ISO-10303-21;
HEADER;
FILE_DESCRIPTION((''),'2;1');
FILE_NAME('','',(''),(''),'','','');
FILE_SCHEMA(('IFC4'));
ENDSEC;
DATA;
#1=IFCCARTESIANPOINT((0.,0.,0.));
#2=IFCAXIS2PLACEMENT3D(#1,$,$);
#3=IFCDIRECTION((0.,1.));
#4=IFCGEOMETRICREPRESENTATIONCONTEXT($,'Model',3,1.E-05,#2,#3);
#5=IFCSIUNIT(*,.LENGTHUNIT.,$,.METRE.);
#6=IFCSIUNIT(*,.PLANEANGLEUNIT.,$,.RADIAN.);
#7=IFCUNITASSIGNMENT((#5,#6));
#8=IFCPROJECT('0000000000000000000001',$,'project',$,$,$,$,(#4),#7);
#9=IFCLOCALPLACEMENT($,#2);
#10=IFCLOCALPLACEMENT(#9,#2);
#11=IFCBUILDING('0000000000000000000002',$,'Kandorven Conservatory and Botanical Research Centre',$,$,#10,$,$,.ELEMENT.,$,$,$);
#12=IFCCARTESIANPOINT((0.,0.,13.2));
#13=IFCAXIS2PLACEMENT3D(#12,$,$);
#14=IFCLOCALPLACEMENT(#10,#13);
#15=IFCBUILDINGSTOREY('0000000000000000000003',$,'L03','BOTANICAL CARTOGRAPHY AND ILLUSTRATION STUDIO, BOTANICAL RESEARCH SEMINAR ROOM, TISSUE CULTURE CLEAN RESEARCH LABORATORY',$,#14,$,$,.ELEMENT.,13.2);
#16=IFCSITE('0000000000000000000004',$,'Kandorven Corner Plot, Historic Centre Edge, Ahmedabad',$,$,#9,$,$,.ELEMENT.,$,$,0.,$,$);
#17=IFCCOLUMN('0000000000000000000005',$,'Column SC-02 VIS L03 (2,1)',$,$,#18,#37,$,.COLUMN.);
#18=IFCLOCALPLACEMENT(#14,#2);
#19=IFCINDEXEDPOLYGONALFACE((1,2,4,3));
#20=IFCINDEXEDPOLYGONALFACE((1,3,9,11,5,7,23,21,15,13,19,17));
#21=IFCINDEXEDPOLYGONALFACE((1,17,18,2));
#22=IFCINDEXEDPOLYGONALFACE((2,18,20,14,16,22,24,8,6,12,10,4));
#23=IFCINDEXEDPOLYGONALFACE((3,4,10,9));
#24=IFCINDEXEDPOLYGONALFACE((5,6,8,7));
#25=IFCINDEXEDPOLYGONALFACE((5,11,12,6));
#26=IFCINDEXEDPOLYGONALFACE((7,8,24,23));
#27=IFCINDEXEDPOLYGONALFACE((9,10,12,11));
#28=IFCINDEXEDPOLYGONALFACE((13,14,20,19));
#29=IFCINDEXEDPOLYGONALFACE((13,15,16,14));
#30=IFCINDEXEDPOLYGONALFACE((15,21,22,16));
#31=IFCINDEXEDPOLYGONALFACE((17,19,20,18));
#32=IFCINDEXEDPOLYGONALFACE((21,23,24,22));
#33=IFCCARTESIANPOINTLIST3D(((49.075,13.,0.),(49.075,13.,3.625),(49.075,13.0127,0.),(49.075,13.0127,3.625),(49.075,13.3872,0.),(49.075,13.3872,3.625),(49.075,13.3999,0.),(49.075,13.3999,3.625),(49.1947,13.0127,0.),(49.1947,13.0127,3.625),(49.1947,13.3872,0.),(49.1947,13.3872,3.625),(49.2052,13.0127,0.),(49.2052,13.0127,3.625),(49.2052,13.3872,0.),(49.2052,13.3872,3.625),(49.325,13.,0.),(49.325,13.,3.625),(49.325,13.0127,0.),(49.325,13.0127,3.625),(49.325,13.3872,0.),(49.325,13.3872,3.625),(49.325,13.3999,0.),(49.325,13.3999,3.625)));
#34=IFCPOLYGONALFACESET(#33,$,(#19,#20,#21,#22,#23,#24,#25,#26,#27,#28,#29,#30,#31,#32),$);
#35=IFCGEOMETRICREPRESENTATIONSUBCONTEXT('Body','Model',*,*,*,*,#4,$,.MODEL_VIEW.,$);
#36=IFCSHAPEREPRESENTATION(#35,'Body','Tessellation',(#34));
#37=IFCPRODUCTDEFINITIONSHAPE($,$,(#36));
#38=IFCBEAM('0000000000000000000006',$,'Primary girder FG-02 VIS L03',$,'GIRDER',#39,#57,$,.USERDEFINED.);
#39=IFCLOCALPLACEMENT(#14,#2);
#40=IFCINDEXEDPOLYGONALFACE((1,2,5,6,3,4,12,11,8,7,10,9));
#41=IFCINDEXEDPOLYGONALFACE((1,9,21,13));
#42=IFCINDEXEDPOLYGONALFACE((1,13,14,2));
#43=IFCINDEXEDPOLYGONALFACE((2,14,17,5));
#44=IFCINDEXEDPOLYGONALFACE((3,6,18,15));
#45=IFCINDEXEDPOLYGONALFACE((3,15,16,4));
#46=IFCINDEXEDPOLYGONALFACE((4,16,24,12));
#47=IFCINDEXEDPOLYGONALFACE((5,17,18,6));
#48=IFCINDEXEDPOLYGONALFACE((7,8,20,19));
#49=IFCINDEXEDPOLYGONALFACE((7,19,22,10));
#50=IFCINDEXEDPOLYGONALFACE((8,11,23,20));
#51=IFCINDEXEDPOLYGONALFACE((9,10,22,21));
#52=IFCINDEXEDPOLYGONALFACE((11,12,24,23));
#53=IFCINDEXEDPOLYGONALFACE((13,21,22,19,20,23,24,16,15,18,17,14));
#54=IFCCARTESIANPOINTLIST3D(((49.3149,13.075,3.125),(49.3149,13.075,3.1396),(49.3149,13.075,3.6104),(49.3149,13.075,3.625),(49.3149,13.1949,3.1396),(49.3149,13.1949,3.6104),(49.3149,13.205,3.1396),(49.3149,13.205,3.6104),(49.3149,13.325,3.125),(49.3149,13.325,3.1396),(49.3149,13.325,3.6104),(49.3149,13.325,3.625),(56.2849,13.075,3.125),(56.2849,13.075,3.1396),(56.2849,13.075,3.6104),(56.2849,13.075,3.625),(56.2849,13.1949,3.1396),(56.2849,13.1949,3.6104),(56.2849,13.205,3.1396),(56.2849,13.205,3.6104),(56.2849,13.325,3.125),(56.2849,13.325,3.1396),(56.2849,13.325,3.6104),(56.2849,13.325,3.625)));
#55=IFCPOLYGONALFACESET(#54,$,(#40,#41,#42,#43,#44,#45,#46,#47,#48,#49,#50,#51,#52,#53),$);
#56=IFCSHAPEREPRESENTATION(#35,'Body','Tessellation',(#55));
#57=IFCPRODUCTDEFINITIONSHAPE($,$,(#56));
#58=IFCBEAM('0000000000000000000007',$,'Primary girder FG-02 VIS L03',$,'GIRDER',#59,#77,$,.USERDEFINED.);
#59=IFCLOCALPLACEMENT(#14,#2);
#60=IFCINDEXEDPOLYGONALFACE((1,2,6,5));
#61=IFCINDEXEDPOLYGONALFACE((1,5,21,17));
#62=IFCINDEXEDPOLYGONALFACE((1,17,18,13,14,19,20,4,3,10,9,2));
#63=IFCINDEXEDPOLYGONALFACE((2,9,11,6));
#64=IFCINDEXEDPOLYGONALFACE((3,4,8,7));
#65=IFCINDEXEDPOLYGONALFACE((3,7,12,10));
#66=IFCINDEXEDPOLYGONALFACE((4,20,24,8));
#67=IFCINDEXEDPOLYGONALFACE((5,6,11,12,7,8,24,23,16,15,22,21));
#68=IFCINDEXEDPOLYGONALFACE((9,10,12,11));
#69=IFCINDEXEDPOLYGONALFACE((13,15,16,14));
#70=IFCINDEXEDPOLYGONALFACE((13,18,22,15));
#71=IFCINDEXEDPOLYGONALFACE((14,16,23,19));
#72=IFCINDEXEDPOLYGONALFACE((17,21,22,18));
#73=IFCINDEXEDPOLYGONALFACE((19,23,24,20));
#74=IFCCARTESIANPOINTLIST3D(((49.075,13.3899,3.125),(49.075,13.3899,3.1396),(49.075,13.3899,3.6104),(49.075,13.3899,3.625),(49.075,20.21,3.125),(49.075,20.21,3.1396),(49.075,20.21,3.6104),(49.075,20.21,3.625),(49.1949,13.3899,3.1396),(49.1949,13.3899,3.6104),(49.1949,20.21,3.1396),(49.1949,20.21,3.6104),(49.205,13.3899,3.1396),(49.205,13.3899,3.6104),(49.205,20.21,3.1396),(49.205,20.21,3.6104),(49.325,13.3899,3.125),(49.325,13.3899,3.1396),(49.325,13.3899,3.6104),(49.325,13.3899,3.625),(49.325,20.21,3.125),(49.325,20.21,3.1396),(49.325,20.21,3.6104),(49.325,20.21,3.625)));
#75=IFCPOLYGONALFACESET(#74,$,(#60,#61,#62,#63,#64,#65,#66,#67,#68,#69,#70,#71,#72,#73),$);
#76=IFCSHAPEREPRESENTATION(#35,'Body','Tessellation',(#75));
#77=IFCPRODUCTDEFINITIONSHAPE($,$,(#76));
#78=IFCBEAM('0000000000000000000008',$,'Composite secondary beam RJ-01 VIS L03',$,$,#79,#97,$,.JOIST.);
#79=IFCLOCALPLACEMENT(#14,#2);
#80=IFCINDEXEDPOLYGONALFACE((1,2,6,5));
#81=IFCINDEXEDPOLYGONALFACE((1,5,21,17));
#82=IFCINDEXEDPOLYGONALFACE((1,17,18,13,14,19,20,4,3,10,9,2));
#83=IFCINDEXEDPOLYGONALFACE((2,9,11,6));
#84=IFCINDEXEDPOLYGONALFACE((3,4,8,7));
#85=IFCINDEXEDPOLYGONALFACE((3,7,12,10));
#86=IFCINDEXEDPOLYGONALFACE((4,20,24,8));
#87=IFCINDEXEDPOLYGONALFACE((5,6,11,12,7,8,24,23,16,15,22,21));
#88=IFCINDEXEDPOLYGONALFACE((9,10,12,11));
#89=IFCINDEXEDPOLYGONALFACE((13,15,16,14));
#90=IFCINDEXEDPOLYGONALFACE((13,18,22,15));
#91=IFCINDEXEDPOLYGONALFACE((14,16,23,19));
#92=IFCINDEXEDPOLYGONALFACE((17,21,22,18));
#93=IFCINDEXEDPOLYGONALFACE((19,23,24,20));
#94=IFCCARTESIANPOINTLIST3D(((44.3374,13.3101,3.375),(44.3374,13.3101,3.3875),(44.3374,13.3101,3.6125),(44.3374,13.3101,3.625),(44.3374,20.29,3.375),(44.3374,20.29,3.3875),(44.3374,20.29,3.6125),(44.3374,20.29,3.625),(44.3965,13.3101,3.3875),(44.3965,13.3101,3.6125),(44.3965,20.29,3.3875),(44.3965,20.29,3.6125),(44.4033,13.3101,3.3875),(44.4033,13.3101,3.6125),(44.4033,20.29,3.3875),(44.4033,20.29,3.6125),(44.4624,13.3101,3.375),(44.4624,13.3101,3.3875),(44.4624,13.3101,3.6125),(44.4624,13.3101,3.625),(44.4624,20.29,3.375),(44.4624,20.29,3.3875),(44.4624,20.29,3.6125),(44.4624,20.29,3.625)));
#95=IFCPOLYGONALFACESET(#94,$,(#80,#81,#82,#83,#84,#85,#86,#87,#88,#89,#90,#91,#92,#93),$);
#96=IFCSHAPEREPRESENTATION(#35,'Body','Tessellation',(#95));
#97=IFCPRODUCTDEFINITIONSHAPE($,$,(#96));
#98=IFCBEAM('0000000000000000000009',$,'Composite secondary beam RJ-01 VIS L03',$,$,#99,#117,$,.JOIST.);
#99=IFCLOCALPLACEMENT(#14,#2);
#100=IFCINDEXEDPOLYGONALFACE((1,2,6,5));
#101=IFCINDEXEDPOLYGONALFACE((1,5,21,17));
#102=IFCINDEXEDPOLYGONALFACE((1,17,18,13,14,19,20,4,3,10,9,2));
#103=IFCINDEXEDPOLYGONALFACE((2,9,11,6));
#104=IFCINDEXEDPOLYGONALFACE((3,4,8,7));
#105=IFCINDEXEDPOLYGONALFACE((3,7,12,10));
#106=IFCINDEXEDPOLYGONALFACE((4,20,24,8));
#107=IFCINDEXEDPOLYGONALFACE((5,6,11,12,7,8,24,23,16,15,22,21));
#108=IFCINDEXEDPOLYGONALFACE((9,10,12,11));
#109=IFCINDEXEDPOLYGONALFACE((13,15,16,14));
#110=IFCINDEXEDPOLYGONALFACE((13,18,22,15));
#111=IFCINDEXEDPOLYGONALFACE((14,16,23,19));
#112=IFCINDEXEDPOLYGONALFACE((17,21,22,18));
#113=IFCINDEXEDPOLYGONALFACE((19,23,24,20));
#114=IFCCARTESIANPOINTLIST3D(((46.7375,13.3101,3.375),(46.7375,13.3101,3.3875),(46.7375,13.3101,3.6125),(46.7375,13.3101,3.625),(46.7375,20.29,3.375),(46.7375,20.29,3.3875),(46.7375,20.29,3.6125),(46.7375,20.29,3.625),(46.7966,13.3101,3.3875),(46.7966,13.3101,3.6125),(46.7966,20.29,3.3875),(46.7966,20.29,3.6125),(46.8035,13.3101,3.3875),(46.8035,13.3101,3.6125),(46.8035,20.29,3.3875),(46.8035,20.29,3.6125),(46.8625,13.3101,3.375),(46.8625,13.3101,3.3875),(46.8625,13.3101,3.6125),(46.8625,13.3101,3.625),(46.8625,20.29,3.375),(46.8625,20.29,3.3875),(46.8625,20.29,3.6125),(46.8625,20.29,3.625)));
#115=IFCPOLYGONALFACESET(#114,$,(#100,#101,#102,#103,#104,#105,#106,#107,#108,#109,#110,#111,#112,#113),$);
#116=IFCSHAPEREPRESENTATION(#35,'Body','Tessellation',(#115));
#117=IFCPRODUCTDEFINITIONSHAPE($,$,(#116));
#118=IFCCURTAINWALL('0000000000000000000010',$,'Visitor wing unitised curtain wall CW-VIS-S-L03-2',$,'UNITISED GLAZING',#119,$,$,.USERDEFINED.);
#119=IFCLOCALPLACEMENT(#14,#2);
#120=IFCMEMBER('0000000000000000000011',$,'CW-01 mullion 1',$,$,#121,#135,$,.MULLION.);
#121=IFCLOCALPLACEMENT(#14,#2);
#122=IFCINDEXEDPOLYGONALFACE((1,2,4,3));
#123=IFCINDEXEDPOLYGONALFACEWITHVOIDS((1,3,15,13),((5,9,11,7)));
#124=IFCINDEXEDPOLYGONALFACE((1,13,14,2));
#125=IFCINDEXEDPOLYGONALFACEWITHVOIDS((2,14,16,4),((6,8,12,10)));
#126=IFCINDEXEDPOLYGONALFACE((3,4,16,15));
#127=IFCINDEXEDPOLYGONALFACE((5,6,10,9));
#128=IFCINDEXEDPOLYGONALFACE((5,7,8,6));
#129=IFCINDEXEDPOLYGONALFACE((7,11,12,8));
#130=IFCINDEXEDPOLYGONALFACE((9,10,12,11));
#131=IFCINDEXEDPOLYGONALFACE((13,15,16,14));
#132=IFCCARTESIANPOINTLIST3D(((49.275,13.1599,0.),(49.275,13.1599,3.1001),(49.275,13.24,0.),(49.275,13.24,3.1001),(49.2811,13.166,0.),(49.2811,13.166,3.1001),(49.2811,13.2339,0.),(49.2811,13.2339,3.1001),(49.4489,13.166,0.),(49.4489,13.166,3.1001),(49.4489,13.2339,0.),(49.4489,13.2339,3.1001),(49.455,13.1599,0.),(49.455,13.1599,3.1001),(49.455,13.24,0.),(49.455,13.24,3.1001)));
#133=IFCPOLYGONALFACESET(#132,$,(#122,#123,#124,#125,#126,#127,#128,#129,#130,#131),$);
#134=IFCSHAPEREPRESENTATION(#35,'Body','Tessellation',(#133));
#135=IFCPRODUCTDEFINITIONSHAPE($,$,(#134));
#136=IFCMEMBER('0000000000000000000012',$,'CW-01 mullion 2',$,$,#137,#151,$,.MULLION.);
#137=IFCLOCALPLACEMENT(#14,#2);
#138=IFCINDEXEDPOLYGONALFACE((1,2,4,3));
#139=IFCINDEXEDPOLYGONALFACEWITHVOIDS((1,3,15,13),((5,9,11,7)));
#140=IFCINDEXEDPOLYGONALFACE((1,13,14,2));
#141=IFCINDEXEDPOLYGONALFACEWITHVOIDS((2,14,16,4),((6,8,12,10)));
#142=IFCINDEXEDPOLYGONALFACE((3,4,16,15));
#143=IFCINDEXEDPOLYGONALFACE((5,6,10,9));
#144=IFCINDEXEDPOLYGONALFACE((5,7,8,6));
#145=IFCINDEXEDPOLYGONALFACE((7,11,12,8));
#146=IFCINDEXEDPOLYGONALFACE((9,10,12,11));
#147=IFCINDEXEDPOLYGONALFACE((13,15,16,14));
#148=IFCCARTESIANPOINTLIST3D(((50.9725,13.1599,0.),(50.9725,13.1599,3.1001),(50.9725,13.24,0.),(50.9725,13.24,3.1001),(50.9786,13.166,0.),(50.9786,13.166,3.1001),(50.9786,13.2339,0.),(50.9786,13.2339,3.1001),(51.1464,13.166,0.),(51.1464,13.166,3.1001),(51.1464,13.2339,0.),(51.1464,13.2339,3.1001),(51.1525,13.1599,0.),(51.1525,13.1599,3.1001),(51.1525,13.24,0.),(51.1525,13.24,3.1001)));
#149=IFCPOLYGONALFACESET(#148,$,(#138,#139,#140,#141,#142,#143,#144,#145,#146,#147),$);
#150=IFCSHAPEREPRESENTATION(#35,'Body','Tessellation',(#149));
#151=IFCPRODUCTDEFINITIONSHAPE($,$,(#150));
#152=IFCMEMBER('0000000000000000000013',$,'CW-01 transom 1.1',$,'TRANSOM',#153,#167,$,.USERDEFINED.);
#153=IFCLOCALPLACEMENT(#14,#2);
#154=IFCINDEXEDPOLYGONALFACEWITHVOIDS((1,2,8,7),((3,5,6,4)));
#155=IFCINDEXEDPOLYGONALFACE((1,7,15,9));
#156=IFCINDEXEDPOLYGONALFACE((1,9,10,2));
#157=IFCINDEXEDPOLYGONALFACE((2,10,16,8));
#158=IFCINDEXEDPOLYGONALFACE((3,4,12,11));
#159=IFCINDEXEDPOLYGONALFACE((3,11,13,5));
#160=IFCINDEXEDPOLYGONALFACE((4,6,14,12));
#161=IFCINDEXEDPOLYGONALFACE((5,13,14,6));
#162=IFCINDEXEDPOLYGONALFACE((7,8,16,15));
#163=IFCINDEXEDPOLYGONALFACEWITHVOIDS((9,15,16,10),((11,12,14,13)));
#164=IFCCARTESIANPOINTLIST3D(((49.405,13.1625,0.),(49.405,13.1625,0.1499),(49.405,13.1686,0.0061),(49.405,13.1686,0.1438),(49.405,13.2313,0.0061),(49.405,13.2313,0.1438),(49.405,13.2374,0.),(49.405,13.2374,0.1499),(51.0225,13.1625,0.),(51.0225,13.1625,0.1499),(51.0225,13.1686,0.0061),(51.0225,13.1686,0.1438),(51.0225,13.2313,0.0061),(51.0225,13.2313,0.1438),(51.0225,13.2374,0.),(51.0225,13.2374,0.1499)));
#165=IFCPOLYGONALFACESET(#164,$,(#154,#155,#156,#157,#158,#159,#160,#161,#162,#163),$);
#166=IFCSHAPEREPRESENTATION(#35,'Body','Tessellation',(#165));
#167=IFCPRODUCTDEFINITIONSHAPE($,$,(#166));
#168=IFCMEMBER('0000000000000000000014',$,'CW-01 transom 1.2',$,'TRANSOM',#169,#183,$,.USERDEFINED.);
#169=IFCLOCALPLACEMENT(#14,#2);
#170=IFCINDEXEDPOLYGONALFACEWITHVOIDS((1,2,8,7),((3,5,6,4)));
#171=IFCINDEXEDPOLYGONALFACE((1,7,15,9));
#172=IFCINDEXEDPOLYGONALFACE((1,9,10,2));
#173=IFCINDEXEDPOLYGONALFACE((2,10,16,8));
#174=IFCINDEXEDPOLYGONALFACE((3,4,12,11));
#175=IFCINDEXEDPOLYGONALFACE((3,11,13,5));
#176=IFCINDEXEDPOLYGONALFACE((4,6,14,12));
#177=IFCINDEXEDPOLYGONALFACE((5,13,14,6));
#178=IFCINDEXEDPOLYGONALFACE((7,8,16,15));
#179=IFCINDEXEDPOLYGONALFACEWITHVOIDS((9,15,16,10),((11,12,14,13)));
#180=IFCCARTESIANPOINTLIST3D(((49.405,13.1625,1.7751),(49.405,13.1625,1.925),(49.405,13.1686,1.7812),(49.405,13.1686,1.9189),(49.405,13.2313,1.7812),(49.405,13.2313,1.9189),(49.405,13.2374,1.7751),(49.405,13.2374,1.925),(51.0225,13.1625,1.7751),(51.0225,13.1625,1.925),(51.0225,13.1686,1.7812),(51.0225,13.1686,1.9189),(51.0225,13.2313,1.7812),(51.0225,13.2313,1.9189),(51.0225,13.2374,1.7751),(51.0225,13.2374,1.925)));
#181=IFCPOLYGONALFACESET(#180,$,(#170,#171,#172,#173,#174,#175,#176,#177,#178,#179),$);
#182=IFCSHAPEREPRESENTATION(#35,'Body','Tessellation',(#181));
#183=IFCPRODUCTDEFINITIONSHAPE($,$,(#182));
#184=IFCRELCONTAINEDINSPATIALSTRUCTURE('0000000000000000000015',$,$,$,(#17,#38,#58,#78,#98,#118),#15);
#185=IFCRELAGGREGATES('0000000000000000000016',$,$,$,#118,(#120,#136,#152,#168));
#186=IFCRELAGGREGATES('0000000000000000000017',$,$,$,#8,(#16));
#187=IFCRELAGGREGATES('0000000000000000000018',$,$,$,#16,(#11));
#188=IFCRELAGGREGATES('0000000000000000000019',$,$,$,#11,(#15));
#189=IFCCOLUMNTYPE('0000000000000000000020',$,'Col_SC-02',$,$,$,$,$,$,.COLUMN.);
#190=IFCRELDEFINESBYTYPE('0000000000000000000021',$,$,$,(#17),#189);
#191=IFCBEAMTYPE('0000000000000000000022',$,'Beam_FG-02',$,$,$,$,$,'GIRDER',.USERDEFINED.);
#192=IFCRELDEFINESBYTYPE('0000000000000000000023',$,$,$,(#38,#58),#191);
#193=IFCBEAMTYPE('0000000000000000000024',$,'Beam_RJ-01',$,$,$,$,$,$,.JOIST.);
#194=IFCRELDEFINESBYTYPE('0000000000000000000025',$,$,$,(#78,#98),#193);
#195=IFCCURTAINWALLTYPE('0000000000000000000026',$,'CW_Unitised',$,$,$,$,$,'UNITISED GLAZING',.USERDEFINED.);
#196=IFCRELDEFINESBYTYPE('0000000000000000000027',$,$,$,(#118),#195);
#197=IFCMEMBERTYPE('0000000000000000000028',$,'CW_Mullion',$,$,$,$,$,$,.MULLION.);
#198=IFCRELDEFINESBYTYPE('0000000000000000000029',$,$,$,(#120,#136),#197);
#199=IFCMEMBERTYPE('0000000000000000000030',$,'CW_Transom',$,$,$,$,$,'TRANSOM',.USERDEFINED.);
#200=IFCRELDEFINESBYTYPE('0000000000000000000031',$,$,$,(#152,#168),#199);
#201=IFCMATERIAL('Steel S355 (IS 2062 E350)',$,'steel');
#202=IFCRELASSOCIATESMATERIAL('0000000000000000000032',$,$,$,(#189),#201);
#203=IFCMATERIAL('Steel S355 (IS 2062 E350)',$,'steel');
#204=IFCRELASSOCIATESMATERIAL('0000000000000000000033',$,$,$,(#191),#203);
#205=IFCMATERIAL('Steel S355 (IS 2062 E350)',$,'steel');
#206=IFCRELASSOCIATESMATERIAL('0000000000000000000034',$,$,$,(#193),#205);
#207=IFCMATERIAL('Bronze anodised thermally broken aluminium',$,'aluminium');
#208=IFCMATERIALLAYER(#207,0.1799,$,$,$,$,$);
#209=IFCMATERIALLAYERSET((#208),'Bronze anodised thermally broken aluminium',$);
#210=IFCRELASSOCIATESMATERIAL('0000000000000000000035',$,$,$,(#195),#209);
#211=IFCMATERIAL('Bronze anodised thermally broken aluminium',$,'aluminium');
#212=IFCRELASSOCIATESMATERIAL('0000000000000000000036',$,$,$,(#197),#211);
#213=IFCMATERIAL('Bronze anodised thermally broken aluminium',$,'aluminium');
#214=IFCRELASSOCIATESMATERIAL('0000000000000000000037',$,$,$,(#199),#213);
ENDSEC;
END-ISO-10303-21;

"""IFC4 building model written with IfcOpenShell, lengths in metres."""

from ifc_helpers import new_model, si_unit, direction, frame, origin, origin_2d, place, context, subcontext, project, spatial, hollow_rectangle, i_section, extrude, material, layer, layer_set, material_profile, profile_set, type_object, element, aggregate, save


model = new_model("IFC4")

# Units and contexts
model_context = context("Model", 3, precision=1e-05, world=origin(), true_north=direction((0.0, 1.0)))
body_context = subcontext(model_context, "Body", "Model", "MODEL_VIEW")
ifc_project = project(units=[si_unit("LENGTHUNIT", "METRE"), si_unit("PLANEANGLEUNIT", "RADIAN")], contexts=[model_context])

# Site, building, storey
site_placement = place(None, origin())
site = spatial("IfcSite", under=ifc_project, at=site_placement, Name="Kandorven Corner Plot, Historic Centre Edge, Ahmedabad", CompositionType="ELEMENT", RefElevation=0.0)
building_placement = place(site_placement, origin())
building = spatial("IfcBuilding", under=site, at=building_placement, Name="Kandorven Conservatory and Botanical Research Centre", CompositionType="ELEMENT")
storey_placement = place(building_placement, frame((0.0, 0.0, 13.2)))
storey = spatial("IfcBuildingStorey", under=building, at=storey_placement, Name="L03", Description="BOTANICAL CARTOGRAPHY AND ILLUSTRATION STUDIO, BOTANICAL RESEARCH SEMINAR ROOM, TISSUE CULTURE CLEAN RESEARCH LABORATORY", CompositionType="ELEMENT", Elevation=13.2)

# Column
ifc_material_1 = material(Name="Steel S355 (IS 2062 E350)", Category="steel")
ifc_material_profile_1 = material_profile(ifc_material_1, i_section(OverallWidth=0.25, OverallDepth=0.3999, WebThickness=0.0105, FlangeThickness=0.0127, at=origin_2d()))
ifc_profile_set_1 = profile_set([ifc_material_profile_1], Name="Steel S355 (IS 2062 E350)")
column_type = type_object("IfcColumnType", Name="Col_SC-02", PredefinedType="COLUMN", material=ifc_profile_set_1)
column_placement = place(storey_placement, frame((49.2, 13.2, 0.0), z_axis=(0.0, 0.0, 1.0), x_axis=(1.0, 0.0, 0.0)))
element("IfcColumn", 1, at=column_placement, inside=storey, type_object=column_type, Name="Column SC-02 VIS L03 (2,1)", PredefinedType="COLUMN", context=body_context, shape_type="SweptSolid", body=[
    extrude(i_section(OverallWidth=0.25, OverallDepth=0.3999, WebThickness=0.0105, FlangeThickness=0.0127, at=origin_2d()), origin(), (0.0, 0.0, 1.0), 3.625),
])

# Beams
ifc_material_2 = material(Name="Steel S355 (IS 2062 E350)", Category="steel")
ifc_material_profile_2 = material_profile(ifc_material_2, i_section(OverallWidth=0.25, OverallDepth=0.5, WebThickness=0.01, FlangeThickness=0.0146, at=origin_2d()))
ifc_profile_set_2 = profile_set([ifc_material_profile_2], Name="Steel S355 (IS 2062 E350)")
beam_type_1 = type_object("IfcBeamType", Name="Beam_FG-02", ElementType="GIRDER", PredefinedType="USERDEFINED", material=ifc_profile_set_2)
beam_1_placement = place(storey_placement, frame((49.3149, 13.2, 3.375), z_axis=(1.0, 0.0, 0.0), x_axis=(0.0, 1.0, 0.0)))
element("IfcBeam", 2, at=beam_1_placement, inside=storey, type_object=beam_type_1, Name="Primary girder FG-02 VIS L03", ObjectType="GIRDER", PredefinedType="USERDEFINED", context=body_context, shape_type="SweptSolid", body=[
    extrude(i_section(OverallWidth=0.25, OverallDepth=0.5, WebThickness=0.01, FlangeThickness=0.0146, at=origin_2d()), origin(), (0.0, 0.0, 1.0), 6.97),
])
beam_2_placement = place(storey_placement, frame((49.2, 13.3899, 3.375), z_axis=(0.0, 1.0, 0.0), x_axis=(-1.0, 0.0, 0.0)))
element("IfcBeam", 3, at=beam_2_placement, inside=storey, type_object=beam_type_1, Name="Primary girder FG-02 VIS L03", ObjectType="GIRDER", PredefinedType="USERDEFINED", context=body_context, shape_type="SweptSolid", body=[
    extrude(i_section(OverallWidth=0.25, OverallDepth=0.5, WebThickness=0.01, FlangeThickness=0.0146, at=origin_2d()), origin(), (0.0, 0.0, 1.0), 6.8201),
])
ifc_material_3 = material(Name="Steel S355 (IS 2062 E350)", Category="steel")
ifc_material_profile_3 = material_profile(ifc_material_3, i_section(OverallWidth=0.125, OverallDepth=0.25, WebThickness=0.0068, FlangeThickness=0.0125, at=origin_2d()))
ifc_profile_set_3 = profile_set([ifc_material_profile_3], Name="Steel S355 (IS 2062 E350)")
beam_type_2 = type_object("IfcBeamType", Name="Beam_RJ-01", PredefinedType="JOIST", material=ifc_profile_set_3)
for number, where, z_axis, x_axis, name in (
    (4, (44.3999, 13.3101, 3.5), (0.0, 1.0, 0.0), (-1.0, 0.0, 0.0), "Composite secondary beam RJ-01 VIS L03"),
    (5, (46.8, 13.3101, 3.5), (0.0, 1.0, 0.0), (-1.0, 0.0, 0.0), "Composite secondary beam RJ-01 VIS L03"),
):
    element("IfcBeam", number, at=place(storey_placement, frame(where, z_axis=z_axis, x_axis=x_axis)), inside=storey, type_object=beam_type_2, Name=name, PredefinedType="JOIST", context=body_context, shape_type="SweptSolid", body=[
        extrude(i_section(OverallWidth=0.125, OverallDepth=0.25, WebThickness=0.0068, FlangeThickness=0.0125, at=origin_2d()), origin(), (0.0, 0.0, 1.0), 6.98),
    ])

# Curtain wall, members
ifc_material_4 = material(Name="Bronze anodised thermally broken aluminium", Category="aluminium")
ifc_layer_1 = layer(ifc_material_4, 0.1799)
ifc_layer_set_1 = layer_set([ifc_layer_1], Name="Bronze anodised thermally broken aluminium")
curtain_wall_type = type_object("IfcCurtainWallType", Name="CW_Unitised", ElementType="UNITISED GLAZING", PredefinedType="USERDEFINED", material=ifc_layer_set_1)
curtain_wall_placement = place(storey_placement, origin())
curtain_wall = element("IfcCurtainWall", 6, at=curtain_wall_placement, inside=storey, type_object=curtain_wall_type, Name="Visitor wing unitised curtain wall CW-VIS-S-L03-2", ObjectType="UNITISED GLAZING", PredefinedType="USERDEFINED")
ifc_material_5 = material(Name="Bronze anodised thermally broken aluminium", Category="aluminium")
ifc_material_profile_4 = material_profile(ifc_material_5, hollow_rectangle(XDim=0.0801, YDim=0.1799, WallThickness=0.0061, at=origin_2d()))
ifc_profile_set_4 = profile_set([ifc_material_profile_4], Name="Bronze anodised thermally broken aluminium")
member_type_1 = type_object("IfcMemberType", Name="CW_Mullion", PredefinedType="MULLION", material=ifc_profile_set_4)
member_1_placement = place(storey_placement, frame((49.365, 13.2, 0.0), z_axis=(0.0, 0.0, 1.0), x_axis=(0.0, 1.0, 0.0)))
member_1 = element("IfcMember", 7, at=member_1_placement, type_object=member_type_1, Name="CW-01 mullion 1", PredefinedType="MULLION", context=body_context, shape_type="SweptSolid", body=[
    extrude(hollow_rectangle(XDim=0.0801, YDim=0.1799, WallThickness=0.0061, at=origin_2d()), origin(), (0.0, 0.0, 1.0), 3.1001),
])
member_2_placement = place(storey_placement, frame((51.0625, 13.2, 0.0), z_axis=(0.0, 0.0, 1.0), x_axis=(0.0, 1.0, 0.0)))
member_2 = element("IfcMember", 8, at=member_2_placement, type_object=member_type_1, Name="CW-01 mullion 2", PredefinedType="MULLION", context=body_context, shape_type="SweptSolid", body=[
    extrude(hollow_rectangle(XDim=0.0801, YDim=0.1799, WallThickness=0.0061, at=origin_2d()), origin(), (0.0, 0.0, 1.0), 3.1001),
])
ifc_material_6 = material(Name="Bronze anodised thermally broken aluminium", Category="aluminium")
ifc_material_profile_5 = material_profile(ifc_material_6, hollow_rectangle(XDim=0.075, YDim=0.1499, WallThickness=0.0061, at=origin_2d()))
ifc_profile_set_5 = profile_set([ifc_material_profile_5], Name="Bronze anodised thermally broken aluminium")
member_type_2 = type_object("IfcMemberType", Name="CW_Transom", ElementType="TRANSOM", PredefinedType="USERDEFINED", material=ifc_profile_set_5)
member_3_placement = place(storey_placement, frame((49.405, 13.2, 0.075), z_axis=(1.0, 0.0, 0.0), x_axis=(0.0, 1.0, 0.0)))
member_3 = element("IfcMember", 9, at=member_3_placement, type_object=member_type_2, Name="CW-01 transom 1.1", ObjectType="TRANSOM", PredefinedType="USERDEFINED", context=body_context, shape_type="SweptSolid", body=[
    extrude(hollow_rectangle(XDim=0.075, YDim=0.1499, WallThickness=0.0061, at=origin_2d()), origin(), (0.0, 0.0, 1.0), 1.6174),
])
member_4_placement = place(storey_placement, frame((49.405, 13.2, 1.8501), z_axis=(1.0, 0.0, 0.0), x_axis=(0.0, 1.0, 0.0)))
member_4 = element("IfcMember", 10, at=member_4_placement, type_object=member_type_2, Name="CW-01 transom 1.2", ObjectType="TRANSOM", PredefinedType="USERDEFINED", context=body_context, shape_type="SweptSolid", body=[
    extrude(hollow_rectangle(XDim=0.075, YDim=0.1499, WallThickness=0.0061, at=origin_2d()), origin(), (0.0, 0.0, 1.0), 1.6174),
])
aggregate(curtain_wall, [member_1, member_2, member_3, member_4])

save(model, "model.ifc")
